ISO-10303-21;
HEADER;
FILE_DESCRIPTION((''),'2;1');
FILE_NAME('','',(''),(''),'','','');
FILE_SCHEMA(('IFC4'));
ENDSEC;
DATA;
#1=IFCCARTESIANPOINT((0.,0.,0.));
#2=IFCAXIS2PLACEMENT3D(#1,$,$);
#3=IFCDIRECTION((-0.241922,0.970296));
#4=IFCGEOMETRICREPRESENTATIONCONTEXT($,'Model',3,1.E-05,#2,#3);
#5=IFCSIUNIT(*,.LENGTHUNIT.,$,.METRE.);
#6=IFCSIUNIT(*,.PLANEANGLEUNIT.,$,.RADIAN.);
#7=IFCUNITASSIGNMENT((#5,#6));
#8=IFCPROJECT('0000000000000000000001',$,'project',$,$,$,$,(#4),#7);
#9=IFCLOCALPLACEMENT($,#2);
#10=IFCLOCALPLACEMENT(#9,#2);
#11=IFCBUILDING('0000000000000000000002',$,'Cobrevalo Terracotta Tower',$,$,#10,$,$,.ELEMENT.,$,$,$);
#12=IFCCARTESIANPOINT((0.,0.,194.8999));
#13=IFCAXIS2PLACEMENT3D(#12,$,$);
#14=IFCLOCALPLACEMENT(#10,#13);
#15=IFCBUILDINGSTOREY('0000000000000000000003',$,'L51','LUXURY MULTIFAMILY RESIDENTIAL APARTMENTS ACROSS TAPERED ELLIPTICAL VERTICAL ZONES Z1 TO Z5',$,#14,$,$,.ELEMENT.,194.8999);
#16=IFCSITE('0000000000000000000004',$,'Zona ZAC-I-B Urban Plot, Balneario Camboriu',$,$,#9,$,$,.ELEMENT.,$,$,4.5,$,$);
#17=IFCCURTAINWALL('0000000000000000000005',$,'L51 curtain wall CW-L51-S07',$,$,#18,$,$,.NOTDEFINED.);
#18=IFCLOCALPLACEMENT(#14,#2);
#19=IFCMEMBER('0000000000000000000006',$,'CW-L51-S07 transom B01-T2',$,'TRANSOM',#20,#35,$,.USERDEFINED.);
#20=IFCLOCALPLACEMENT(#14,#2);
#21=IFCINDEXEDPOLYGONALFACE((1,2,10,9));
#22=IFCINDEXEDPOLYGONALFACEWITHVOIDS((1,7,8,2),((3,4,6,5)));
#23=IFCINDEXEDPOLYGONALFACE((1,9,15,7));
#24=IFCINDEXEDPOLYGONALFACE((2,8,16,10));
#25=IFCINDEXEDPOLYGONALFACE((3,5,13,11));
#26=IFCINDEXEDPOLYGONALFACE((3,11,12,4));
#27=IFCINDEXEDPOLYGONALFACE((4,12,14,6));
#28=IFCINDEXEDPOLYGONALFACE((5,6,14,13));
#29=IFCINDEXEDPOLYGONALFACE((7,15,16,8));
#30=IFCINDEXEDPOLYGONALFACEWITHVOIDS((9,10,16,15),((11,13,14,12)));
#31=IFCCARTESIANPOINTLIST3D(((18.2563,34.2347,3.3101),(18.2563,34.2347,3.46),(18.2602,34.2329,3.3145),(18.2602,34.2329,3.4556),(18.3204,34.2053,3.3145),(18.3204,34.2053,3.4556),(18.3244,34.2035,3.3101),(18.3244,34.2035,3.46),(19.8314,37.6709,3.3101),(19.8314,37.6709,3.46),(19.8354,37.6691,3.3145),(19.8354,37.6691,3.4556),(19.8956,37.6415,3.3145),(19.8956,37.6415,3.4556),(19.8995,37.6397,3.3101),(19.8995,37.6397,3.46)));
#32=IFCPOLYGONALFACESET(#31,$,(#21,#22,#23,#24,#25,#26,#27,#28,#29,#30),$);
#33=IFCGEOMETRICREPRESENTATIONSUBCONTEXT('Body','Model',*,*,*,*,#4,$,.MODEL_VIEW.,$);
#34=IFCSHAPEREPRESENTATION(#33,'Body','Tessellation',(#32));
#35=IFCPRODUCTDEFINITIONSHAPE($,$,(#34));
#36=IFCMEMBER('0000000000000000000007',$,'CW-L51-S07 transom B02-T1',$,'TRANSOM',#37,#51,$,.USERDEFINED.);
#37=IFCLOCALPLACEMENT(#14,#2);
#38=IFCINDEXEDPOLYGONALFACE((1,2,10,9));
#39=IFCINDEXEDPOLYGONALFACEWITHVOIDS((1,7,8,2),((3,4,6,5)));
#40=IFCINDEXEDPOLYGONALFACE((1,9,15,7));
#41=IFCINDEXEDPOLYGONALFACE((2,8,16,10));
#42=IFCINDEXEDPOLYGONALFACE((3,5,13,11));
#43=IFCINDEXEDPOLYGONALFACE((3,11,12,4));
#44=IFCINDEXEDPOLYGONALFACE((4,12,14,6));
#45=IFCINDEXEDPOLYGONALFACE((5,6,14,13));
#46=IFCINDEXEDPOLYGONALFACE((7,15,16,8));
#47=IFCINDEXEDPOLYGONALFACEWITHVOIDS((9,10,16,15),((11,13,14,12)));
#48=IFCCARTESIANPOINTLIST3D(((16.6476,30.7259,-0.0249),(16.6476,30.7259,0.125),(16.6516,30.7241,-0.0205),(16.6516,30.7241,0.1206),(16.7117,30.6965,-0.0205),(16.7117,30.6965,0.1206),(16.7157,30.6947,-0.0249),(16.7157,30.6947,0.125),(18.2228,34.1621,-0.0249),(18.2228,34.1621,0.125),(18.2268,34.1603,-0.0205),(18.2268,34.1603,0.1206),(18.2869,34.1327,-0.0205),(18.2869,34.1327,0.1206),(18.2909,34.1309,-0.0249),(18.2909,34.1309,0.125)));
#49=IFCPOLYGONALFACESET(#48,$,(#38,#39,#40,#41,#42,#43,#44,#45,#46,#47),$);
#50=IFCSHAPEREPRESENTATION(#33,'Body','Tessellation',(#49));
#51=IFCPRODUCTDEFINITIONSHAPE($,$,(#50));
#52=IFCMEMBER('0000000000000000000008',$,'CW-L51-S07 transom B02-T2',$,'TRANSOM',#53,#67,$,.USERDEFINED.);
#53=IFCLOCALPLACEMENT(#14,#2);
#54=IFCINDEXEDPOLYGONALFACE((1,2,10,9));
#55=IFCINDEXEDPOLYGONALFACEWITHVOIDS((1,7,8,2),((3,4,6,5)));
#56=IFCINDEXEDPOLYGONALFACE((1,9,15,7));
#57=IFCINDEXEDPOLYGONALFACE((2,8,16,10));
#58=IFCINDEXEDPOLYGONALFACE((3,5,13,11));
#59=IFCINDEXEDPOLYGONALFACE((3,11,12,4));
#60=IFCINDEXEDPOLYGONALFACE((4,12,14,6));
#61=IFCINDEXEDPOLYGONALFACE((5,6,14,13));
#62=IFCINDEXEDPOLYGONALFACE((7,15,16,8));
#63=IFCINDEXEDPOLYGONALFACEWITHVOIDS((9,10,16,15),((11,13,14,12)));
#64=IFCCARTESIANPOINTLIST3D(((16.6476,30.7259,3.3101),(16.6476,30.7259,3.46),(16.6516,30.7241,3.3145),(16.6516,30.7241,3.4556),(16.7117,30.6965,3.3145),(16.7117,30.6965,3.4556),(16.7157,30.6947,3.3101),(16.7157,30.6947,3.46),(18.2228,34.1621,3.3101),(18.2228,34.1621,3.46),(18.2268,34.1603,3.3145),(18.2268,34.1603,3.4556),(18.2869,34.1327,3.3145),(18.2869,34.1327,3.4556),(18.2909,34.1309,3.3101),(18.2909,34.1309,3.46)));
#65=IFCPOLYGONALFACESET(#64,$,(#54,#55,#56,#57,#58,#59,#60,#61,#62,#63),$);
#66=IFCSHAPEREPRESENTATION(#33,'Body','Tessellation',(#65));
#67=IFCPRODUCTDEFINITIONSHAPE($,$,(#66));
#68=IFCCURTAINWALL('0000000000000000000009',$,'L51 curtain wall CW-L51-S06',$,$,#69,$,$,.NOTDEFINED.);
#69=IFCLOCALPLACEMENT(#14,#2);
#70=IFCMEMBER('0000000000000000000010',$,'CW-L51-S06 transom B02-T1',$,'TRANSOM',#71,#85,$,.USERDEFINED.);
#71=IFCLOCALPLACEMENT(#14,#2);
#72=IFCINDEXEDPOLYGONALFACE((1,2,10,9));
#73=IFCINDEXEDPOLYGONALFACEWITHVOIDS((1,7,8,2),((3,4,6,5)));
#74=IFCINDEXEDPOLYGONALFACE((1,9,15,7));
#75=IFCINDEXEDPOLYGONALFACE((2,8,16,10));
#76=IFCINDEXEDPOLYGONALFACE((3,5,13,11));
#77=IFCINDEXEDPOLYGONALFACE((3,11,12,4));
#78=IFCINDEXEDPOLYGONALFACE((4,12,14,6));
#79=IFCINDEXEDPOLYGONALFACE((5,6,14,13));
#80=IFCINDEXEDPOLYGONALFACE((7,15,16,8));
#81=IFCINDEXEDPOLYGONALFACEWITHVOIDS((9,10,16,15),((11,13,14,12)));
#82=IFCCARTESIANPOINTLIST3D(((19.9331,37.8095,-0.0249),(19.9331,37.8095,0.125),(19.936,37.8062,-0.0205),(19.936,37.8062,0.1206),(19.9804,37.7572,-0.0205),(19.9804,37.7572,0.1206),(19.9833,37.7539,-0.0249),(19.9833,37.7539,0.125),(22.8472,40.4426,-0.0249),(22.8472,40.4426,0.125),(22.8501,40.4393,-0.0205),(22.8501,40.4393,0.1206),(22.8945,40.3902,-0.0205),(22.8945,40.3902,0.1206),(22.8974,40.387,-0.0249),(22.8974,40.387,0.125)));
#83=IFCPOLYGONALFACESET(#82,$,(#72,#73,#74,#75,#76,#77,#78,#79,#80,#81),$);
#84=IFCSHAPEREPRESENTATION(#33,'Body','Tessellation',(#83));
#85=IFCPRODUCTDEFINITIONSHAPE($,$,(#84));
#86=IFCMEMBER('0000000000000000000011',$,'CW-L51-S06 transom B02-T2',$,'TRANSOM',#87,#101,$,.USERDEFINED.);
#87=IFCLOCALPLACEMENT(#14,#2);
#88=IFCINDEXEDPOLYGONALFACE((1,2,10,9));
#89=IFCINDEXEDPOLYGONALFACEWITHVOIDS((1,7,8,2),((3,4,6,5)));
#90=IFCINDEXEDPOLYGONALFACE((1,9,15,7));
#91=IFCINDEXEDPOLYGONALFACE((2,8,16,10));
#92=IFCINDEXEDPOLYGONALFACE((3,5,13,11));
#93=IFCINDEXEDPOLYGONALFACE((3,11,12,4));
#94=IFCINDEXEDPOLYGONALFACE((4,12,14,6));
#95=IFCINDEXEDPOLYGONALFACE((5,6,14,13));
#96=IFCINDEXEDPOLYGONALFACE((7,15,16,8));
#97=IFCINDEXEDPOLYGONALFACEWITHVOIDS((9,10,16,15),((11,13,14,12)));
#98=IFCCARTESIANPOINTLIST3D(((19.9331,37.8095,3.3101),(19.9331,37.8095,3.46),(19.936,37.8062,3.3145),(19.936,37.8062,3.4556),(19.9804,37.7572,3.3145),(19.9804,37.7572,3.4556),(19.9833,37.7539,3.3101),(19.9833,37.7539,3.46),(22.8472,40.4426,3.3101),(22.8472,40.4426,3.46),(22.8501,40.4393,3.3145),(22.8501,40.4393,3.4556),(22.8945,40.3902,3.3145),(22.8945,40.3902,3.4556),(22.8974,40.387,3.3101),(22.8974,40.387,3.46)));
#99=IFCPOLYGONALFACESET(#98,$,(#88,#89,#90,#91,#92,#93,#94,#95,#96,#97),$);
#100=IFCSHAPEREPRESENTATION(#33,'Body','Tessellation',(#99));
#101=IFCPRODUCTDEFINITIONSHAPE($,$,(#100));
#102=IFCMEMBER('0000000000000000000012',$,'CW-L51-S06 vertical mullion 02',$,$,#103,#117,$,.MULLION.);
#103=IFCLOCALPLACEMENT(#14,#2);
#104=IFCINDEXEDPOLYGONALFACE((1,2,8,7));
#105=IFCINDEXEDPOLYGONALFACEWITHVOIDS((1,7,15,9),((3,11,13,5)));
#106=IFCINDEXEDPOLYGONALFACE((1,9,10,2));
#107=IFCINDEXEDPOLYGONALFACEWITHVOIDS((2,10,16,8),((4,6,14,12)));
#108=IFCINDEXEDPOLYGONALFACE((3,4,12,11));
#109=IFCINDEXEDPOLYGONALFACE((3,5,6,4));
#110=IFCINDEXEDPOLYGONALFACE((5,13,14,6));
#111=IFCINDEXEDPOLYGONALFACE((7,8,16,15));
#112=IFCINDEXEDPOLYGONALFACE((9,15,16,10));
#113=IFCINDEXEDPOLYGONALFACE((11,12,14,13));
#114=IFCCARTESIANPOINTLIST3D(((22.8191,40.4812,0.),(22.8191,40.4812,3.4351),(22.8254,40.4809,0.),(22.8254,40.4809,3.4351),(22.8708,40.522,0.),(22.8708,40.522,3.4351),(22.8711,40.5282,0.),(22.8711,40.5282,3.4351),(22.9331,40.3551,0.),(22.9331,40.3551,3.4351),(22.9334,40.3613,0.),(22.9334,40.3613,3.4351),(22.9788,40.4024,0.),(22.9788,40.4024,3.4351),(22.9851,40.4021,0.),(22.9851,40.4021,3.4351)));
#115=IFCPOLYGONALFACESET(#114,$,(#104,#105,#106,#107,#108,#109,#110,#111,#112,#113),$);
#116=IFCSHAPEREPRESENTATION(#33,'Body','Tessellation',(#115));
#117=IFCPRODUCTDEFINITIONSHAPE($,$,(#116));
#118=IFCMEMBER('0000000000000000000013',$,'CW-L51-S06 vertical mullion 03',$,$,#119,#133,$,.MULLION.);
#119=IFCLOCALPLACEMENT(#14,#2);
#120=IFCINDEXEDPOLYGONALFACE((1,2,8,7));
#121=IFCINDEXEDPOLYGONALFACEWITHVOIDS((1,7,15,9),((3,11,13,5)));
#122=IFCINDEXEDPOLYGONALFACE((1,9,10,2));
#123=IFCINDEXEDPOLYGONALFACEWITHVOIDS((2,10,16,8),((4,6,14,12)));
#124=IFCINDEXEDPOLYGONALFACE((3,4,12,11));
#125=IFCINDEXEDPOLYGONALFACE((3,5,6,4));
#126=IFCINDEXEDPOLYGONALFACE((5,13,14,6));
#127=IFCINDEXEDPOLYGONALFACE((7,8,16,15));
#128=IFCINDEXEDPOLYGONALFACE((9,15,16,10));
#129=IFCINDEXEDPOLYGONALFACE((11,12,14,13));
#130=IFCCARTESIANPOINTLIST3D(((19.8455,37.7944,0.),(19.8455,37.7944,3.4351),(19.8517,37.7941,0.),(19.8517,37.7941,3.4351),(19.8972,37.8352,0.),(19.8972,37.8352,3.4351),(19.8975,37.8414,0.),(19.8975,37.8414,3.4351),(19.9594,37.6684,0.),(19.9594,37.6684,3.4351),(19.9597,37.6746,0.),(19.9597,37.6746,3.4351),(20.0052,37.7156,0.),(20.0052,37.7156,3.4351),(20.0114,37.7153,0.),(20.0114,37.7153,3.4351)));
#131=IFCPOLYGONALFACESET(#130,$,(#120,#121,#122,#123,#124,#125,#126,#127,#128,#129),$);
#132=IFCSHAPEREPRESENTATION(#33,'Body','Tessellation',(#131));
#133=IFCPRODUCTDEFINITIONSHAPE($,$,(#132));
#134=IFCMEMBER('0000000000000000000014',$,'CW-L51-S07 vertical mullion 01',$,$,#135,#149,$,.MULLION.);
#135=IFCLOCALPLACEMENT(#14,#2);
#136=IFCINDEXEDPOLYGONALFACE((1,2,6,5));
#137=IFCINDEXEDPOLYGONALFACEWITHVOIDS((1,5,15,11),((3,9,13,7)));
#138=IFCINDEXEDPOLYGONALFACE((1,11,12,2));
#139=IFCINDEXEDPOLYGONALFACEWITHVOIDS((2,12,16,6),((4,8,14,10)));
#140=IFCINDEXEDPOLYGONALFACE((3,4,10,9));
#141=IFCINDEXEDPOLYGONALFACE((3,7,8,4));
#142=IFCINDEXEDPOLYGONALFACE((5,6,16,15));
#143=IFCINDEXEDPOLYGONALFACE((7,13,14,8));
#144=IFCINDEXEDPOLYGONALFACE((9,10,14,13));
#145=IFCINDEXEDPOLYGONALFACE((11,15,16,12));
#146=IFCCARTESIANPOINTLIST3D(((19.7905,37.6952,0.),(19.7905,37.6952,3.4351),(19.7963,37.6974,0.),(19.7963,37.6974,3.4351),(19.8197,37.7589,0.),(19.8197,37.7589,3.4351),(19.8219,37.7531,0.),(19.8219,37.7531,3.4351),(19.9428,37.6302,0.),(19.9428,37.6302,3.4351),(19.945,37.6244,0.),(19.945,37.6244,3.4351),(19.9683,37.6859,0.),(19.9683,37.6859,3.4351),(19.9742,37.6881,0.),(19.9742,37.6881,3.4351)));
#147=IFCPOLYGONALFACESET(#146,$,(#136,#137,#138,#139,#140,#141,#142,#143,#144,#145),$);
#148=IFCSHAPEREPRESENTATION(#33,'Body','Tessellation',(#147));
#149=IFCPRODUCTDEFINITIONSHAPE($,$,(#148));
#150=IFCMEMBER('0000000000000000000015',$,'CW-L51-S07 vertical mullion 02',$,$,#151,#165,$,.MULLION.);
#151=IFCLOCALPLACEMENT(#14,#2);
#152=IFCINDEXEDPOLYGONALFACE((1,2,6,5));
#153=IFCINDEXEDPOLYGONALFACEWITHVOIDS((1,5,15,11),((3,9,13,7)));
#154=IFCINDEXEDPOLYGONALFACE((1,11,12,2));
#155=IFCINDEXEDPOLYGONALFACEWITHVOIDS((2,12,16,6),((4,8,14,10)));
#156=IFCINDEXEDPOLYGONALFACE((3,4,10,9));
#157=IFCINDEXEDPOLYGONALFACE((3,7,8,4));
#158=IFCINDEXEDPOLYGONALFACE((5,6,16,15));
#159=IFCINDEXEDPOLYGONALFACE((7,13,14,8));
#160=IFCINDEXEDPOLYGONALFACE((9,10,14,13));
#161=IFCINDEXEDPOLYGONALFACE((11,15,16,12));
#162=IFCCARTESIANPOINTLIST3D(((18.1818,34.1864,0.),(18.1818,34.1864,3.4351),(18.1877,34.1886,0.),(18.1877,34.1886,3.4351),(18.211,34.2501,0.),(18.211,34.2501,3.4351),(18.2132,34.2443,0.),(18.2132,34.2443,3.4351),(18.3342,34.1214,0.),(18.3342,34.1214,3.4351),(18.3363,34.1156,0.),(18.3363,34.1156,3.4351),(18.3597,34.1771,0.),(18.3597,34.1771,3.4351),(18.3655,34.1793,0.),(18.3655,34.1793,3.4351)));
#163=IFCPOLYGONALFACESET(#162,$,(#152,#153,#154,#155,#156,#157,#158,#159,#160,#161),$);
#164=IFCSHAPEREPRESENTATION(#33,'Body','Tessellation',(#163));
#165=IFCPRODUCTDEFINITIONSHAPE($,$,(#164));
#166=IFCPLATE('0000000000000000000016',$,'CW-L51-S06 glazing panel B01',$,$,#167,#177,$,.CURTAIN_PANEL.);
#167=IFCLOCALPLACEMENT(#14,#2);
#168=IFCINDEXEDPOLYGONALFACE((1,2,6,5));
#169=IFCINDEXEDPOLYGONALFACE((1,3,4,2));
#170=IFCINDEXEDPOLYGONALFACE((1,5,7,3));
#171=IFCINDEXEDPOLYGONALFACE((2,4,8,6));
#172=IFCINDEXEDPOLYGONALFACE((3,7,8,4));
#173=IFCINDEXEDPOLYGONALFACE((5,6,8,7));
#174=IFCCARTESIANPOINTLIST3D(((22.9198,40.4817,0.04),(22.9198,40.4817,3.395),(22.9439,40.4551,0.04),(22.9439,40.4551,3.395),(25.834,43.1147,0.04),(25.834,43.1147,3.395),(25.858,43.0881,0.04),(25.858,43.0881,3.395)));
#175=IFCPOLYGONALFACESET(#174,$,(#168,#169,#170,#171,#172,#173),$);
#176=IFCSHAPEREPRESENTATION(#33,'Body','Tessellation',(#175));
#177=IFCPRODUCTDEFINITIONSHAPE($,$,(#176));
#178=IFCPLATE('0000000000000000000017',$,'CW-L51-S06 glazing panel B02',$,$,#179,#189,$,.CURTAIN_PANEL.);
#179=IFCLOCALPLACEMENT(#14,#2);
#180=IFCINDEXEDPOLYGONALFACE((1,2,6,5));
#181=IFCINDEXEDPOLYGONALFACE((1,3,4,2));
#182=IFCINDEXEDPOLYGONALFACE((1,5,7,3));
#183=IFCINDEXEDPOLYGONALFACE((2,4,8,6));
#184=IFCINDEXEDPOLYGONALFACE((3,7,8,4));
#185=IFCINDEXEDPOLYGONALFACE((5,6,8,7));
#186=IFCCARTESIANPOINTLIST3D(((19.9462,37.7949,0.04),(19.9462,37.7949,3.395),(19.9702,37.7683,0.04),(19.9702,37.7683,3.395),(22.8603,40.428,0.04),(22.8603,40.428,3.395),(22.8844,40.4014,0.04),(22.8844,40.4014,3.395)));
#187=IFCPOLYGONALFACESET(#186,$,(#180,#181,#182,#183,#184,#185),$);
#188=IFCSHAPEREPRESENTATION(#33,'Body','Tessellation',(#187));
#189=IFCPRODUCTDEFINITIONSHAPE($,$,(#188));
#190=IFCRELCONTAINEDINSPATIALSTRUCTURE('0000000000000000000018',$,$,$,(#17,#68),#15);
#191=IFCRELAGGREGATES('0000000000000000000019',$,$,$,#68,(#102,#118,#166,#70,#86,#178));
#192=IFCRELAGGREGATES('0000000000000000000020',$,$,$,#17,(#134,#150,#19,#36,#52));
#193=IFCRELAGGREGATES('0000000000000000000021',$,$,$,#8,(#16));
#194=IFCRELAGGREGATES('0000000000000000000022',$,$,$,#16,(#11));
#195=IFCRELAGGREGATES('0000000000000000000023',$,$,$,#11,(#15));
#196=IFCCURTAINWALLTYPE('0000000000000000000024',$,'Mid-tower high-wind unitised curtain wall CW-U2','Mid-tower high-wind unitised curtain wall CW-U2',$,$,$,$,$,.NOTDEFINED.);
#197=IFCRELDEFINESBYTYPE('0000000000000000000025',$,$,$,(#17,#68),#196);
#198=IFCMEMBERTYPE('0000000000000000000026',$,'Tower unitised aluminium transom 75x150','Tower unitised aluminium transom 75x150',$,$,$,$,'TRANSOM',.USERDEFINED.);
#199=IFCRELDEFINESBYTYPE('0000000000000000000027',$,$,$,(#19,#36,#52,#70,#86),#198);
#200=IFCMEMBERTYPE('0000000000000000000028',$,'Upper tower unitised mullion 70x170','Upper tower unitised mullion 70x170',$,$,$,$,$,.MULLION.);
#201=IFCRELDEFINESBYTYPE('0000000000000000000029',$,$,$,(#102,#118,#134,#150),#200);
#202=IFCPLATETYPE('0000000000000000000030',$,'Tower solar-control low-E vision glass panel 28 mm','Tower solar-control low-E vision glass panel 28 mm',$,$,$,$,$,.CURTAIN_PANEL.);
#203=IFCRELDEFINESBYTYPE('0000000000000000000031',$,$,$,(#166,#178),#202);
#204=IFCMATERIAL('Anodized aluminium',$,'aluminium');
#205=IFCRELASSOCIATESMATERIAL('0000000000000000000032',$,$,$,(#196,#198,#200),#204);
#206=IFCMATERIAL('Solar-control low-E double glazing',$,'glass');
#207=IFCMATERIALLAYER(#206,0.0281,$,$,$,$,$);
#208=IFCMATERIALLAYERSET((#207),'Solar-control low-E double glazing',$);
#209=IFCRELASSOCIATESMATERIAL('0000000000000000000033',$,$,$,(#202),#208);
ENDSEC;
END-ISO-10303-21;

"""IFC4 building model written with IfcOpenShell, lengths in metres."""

from ifc_helpers import new_model, si_unit, direction, frame, origin, origin_2d, place, context, subcontext, project, spatial, rectangle, hollow_rectangle, extrude, source, transform, mapped, material, layer, layer_set, material_profile, profile_set, type_object, element, aggregate, save


model = new_model("IFC4")

# Units and contexts
model_context = context("Model", 3, precision=1e-05, world=origin(), true_north=direction((-0.241922, 0.970296)))
body_context = subcontext(model_context, "Body", "Model", "MODEL_VIEW")
ifc_project = project(units=[si_unit("LENGTHUNIT", "METRE"), si_unit("PLANEANGLEUNIT", "RADIAN")], contexts=[model_context])

# Site, building, storey
site_placement = place(None, origin())
site = spatial("IfcSite", under=ifc_project, at=site_placement, Name="Zona ZAC-I-B Urban Plot, Balneario Camboriu", CompositionType="ELEMENT", RefElevation=4.5)
building_placement = place(site_placement, origin())
building = spatial("IfcBuilding", under=site, at=building_placement, Name="Cobrevalo Terracotta Tower", CompositionType="ELEMENT")
storey_placement = place(building_placement, frame((0.0, 0.0, 194.8999)))
storey = spatial("IfcBuildingStorey", under=building, at=storey_placement, Name="L51", Description="LUXURY MULTIFAMILY RESIDENTIAL APARTMENTS ACROSS TAPERED ELLIPTICAL VERTICAL ZONES Z1 TO Z5", CompositionType="ELEMENT", Elevation=194.8999)

# Curtain walls, members
ifc_material_1 = material(Name="Anodized aluminium", Category="aluminium")
curtain_wall_type = type_object("IfcCurtainWallType", Name="Mid-tower high-wind unitised curtain wall CW-U2", Description="Mid-tower high-wind unitised curtain wall CW-U2", PredefinedType="NOTDEFINED", material=ifc_material_1)
curtain_wall_1_placement = place(storey_placement, origin())
curtain_wall_1 = element("IfcCurtainWall", 1, at=curtain_wall_1_placement, inside=storey, type_object=curtain_wall_type, Name="L51 curtain wall CW-L51-S07", PredefinedType="NOTDEFINED")
ifc_material_profile_1 = material_profile(ifc_material_1, hollow_rectangle(XDim=0.075, YDim=0.1499, WallThickness=0.0044, at=origin_2d()), Name="CWT 75x150")
ifc_profile_set_1 = profile_set([ifc_material_profile_1], Name="Anodized aluminium")
member_type_1 = type_object("IfcMemberType", Name="Tower unitised aluminium transom 75x150", Description="Tower unitised aluminium transom 75x150", ElementType="TRANSOM", PredefinedType="USERDEFINED", material=ifc_profile_set_1)
shared_shape_1 = source(origin(), body_context, "Body", "SweptSolid", [
    extrude(hollow_rectangle(XDim=0.075, YDim=0.1499, WallThickness=0.0044, at=origin_2d()), origin(), (0.0, 0.0, 1.0), 3.78),
])
member_1_placement = place(storey_placement, frame((19.8655, 37.6553, 3.385), z_axis=(-0.416706, -0.909041, 0.0), x_axis=(0.909041, -0.416706, 0.0)))
member_1 = element("IfcMember", 2, at=member_1_placement, type_object=member_type_1, Name="CW-L51-S07 transom B01-T2", ObjectType="TRANSOM", PredefinedType="USERDEFINED", context=body_context, shape_type="MappedRepresentation", body=[
    mapped(shared_shape_1, transform((0.0, 0.0, 0.0), scale=1.0)),
])
member_2_placement = place(storey_placement, frame((18.2568, 34.1465, 0.05), z_axis=(-0.416706, -0.909041, 0.0), x_axis=(0.909041, -0.416706, 0.0)))
member_2 = element("IfcMember", 3, at=member_2_placement, type_object=member_type_1, Name="CW-L51-S07 transom B02-T1", ObjectType="TRANSOM", PredefinedType="USERDEFINED", context=body_context, shape_type="MappedRepresentation", body=[
    mapped(shared_shape_1, transform((0.0, 0.0, 0.0), scale=1.0)),
])
member_3_placement = place(storey_placement, frame((18.2568, 34.1465, 3.385), z_axis=(-0.416706, -0.909041, 0.0), x_axis=(0.909041, -0.416706, 0.0)))
member_3 = element("IfcMember", 4, at=member_3_placement, type_object=member_type_1, Name="CW-L51-S07 transom B02-T2", ObjectType="TRANSOM", PredefinedType="USERDEFINED", context=body_context, shape_type="MappedRepresentation", body=[
    mapped(shared_shape_1, transform((0.0, 0.0, 0.0), scale=1.0)),
])
curtain_wall_2_placement = place(storey_placement, origin())
curtain_wall_2 = element("IfcCurtainWall", 5, at=curtain_wall_2_placement, inside=storey, type_object=curtain_wall_type, Name="L51 curtain wall CW-L51-S06", PredefinedType="NOTDEFINED")
shared_shape_2 = source(origin(), body_context, "Body", "SweptSolid", [
    extrude(hollow_rectangle(XDim=0.075, YDim=0.1499, WallThickness=0.0044, at=origin_2d()), origin(), (0.0, 0.0, 1.0), 3.9275),
])
member_4_placement = place(storey_placement, frame((22.8723, 40.4148, 0.05), z_axis=(-0.741976, -0.670426, 0.0), x_axis=(0.670426, -0.741976, 0.0)))
member_4 = element("IfcMember", 6, at=member_4_placement, type_object=member_type_1, Name="CW-L51-S06 transom B02-T1", ObjectType="TRANSOM", PredefinedType="USERDEFINED", context=body_context, shape_type="MappedRepresentation", body=[
    mapped(shared_shape_2, transform((0.0, 0.0, 0.0), scale=1.0)),
])
member_5_placement = place(storey_placement, frame((22.8723, 40.4148, 3.385), z_axis=(-0.741976, -0.670426, 0.0), x_axis=(0.670426, -0.741976, 0.0)))
member_5 = element("IfcMember", 7, at=member_5_placement, type_object=member_type_1, Name="CW-L51-S06 transom B02-T2", ObjectType="TRANSOM", PredefinedType="USERDEFINED", context=body_context, shape_type="MappedRepresentation", body=[
    mapped(shared_shape_2, transform((0.0, 0.0, 0.0), scale=1.0)),
])
ifc_material_profile_2 = material_profile(ifc_material_1, hollow_rectangle(XDim=0.0701, YDim=0.1699, WallThickness=0.0044, at=origin_2d()), Name="CWM 70x170")
ifc_profile_set_2 = profile_set([ifc_material_profile_2], Name="Anodized aluminium")
member_type_2 = type_object("IfcMemberType", Name="Upper tower unitised mullion 70x170", Description="Upper tower unitised mullion 70x170", PredefinedType="MULLION", material=ifc_profile_set_2)
shared_shape_3 = source(origin(), body_context, "Body", "SweptSolid", [
    extrude(hollow_rectangle(XDim=0.0701, YDim=0.1699, WallThickness=0.0044, at=origin_2d()), origin(), (0.0, 0.0, 1.0), 3.4351),
])
member_6_placement = place(storey_placement, frame((22.9021, 40.4417, 0.0), z_axis=(0.0, 0.0, 1.0), x_axis=(-0.741988, -0.670414, 0.0)))
member_6 = element("IfcMember", 8, at=member_6_placement, type_object=member_type_2, Name="CW-L51-S06 vertical mullion 02", PredefinedType="MULLION", context=body_context, shape_type="MappedRepresentation", body=[
    mapped(shared_shape_3, transform((0.0, 0.0, 0.0), scale=1.0)),
])
member_7_placement = place(storey_placement, frame((19.9285, 37.7549, 0.0), z_axis=(0.0, 0.0, 1.0), x_axis=(-0.741988, -0.670414, 0.0)))
member_7 = element("IfcMember", 9, at=member_7_placement, type_object=member_type_2, Name="CW-L51-S06 vertical mullion 03", PredefinedType="MULLION", context=body_context, shape_type="MappedRepresentation", body=[
    mapped(shared_shape_3, transform((0.0, 0.0, 0.0), scale=1.0)),
])

# Members
member_8_placement = place(storey_placement, frame((19.8823, 37.6917, 0.0), z_axis=(0.0, 0.0, 1.0), x_axis=(-0.416725, -0.909033, 0.0)))
member_8 = element("IfcMember", 10, at=member_8_placement, type_object=member_type_2, Name="CW-L51-S07 vertical mullion 01", PredefinedType="MULLION", context=body_context, shape_type="MappedRepresentation", body=[
    mapped(shared_shape_3, transform((0.0, 0.0, 0.0), scale=1.0)),
])
member_9_placement = place(storey_placement, frame((18.2737, 34.1829, 0.0), z_axis=(0.0, 0.0, 1.0), x_axis=(-0.416725, -0.909033, 0.0)))
member_9 = element("IfcMember", 11, at=member_9_placement, type_object=member_type_2, Name="CW-L51-S07 vertical mullion 02", PredefinedType="MULLION", context=body_context, shape_type="MappedRepresentation", body=[
    mapped(shared_shape_3, transform((0.0, 0.0, 0.0), scale=1.0)),
])

# Plates
ifc_material_2 = material(Name="Solar-control low-E double glazing", Category="glass")
ifc_layer_1 = layer(ifc_material_2, 0.0281)
ifc_layer_set_1 = layer_set([ifc_layer_1], Name="Solar-control low-E double glazing")
plate_type = type_object("IfcPlateType", Name="Tower solar-control low-E vision glass panel 28 mm", Description="Tower solar-control low-E vision glass panel 28 mm", PredefinedType="CURTAIN_PANEL", material=ifc_layer_set_1)
shared_shape_4 = source(origin(), body_context, "Body", "SweptSolid", [
    extrude(rectangle(XDim=3.9275, YDim=0.0359, at=origin_2d()), origin(), (0.0, 0.0, 1.0), 3.355),
])
plate_1_placement = place(storey_placement, frame((24.3889, 41.7849, 0.04), z_axis=(0.0, 0.0, 1.0), x_axis=(-0.741988, -0.670414, 0.0)))
plate_1 = element("IfcPlate", 12, at=plate_1_placement, type_object=plate_type, Name="CW-L51-S06 glazing panel B01", PredefinedType="CURTAIN_PANEL", context=body_context, shape_type="MappedRepresentation", body=[
    mapped(shared_shape_4, transform((0.0, 0.0, 0.0), scale=1.0)),
])
plate_2_placement = place(storey_placement, frame((21.4153, 39.0981, 0.04), z_axis=(0.0, 0.0, 1.0), x_axis=(-0.741988, -0.670414, 0.0)))
plate_2 = element("IfcPlate", 13, at=plate_2_placement, type_object=plate_type, Name="CW-L51-S06 glazing panel B02", PredefinedType="CURTAIN_PANEL", context=body_context, shape_type="MappedRepresentation", body=[
    mapped(shared_shape_4, transform((0.0, 0.0, 0.0), scale=1.0)),
])
aggregate(curtain_wall_2, [member_6, member_7, plate_1, member_4, member_5, plate_2])
aggregate(curtain_wall_1, [member_8, member_9, member_1, member_2, member_3])

save(model, "model.ifc")
